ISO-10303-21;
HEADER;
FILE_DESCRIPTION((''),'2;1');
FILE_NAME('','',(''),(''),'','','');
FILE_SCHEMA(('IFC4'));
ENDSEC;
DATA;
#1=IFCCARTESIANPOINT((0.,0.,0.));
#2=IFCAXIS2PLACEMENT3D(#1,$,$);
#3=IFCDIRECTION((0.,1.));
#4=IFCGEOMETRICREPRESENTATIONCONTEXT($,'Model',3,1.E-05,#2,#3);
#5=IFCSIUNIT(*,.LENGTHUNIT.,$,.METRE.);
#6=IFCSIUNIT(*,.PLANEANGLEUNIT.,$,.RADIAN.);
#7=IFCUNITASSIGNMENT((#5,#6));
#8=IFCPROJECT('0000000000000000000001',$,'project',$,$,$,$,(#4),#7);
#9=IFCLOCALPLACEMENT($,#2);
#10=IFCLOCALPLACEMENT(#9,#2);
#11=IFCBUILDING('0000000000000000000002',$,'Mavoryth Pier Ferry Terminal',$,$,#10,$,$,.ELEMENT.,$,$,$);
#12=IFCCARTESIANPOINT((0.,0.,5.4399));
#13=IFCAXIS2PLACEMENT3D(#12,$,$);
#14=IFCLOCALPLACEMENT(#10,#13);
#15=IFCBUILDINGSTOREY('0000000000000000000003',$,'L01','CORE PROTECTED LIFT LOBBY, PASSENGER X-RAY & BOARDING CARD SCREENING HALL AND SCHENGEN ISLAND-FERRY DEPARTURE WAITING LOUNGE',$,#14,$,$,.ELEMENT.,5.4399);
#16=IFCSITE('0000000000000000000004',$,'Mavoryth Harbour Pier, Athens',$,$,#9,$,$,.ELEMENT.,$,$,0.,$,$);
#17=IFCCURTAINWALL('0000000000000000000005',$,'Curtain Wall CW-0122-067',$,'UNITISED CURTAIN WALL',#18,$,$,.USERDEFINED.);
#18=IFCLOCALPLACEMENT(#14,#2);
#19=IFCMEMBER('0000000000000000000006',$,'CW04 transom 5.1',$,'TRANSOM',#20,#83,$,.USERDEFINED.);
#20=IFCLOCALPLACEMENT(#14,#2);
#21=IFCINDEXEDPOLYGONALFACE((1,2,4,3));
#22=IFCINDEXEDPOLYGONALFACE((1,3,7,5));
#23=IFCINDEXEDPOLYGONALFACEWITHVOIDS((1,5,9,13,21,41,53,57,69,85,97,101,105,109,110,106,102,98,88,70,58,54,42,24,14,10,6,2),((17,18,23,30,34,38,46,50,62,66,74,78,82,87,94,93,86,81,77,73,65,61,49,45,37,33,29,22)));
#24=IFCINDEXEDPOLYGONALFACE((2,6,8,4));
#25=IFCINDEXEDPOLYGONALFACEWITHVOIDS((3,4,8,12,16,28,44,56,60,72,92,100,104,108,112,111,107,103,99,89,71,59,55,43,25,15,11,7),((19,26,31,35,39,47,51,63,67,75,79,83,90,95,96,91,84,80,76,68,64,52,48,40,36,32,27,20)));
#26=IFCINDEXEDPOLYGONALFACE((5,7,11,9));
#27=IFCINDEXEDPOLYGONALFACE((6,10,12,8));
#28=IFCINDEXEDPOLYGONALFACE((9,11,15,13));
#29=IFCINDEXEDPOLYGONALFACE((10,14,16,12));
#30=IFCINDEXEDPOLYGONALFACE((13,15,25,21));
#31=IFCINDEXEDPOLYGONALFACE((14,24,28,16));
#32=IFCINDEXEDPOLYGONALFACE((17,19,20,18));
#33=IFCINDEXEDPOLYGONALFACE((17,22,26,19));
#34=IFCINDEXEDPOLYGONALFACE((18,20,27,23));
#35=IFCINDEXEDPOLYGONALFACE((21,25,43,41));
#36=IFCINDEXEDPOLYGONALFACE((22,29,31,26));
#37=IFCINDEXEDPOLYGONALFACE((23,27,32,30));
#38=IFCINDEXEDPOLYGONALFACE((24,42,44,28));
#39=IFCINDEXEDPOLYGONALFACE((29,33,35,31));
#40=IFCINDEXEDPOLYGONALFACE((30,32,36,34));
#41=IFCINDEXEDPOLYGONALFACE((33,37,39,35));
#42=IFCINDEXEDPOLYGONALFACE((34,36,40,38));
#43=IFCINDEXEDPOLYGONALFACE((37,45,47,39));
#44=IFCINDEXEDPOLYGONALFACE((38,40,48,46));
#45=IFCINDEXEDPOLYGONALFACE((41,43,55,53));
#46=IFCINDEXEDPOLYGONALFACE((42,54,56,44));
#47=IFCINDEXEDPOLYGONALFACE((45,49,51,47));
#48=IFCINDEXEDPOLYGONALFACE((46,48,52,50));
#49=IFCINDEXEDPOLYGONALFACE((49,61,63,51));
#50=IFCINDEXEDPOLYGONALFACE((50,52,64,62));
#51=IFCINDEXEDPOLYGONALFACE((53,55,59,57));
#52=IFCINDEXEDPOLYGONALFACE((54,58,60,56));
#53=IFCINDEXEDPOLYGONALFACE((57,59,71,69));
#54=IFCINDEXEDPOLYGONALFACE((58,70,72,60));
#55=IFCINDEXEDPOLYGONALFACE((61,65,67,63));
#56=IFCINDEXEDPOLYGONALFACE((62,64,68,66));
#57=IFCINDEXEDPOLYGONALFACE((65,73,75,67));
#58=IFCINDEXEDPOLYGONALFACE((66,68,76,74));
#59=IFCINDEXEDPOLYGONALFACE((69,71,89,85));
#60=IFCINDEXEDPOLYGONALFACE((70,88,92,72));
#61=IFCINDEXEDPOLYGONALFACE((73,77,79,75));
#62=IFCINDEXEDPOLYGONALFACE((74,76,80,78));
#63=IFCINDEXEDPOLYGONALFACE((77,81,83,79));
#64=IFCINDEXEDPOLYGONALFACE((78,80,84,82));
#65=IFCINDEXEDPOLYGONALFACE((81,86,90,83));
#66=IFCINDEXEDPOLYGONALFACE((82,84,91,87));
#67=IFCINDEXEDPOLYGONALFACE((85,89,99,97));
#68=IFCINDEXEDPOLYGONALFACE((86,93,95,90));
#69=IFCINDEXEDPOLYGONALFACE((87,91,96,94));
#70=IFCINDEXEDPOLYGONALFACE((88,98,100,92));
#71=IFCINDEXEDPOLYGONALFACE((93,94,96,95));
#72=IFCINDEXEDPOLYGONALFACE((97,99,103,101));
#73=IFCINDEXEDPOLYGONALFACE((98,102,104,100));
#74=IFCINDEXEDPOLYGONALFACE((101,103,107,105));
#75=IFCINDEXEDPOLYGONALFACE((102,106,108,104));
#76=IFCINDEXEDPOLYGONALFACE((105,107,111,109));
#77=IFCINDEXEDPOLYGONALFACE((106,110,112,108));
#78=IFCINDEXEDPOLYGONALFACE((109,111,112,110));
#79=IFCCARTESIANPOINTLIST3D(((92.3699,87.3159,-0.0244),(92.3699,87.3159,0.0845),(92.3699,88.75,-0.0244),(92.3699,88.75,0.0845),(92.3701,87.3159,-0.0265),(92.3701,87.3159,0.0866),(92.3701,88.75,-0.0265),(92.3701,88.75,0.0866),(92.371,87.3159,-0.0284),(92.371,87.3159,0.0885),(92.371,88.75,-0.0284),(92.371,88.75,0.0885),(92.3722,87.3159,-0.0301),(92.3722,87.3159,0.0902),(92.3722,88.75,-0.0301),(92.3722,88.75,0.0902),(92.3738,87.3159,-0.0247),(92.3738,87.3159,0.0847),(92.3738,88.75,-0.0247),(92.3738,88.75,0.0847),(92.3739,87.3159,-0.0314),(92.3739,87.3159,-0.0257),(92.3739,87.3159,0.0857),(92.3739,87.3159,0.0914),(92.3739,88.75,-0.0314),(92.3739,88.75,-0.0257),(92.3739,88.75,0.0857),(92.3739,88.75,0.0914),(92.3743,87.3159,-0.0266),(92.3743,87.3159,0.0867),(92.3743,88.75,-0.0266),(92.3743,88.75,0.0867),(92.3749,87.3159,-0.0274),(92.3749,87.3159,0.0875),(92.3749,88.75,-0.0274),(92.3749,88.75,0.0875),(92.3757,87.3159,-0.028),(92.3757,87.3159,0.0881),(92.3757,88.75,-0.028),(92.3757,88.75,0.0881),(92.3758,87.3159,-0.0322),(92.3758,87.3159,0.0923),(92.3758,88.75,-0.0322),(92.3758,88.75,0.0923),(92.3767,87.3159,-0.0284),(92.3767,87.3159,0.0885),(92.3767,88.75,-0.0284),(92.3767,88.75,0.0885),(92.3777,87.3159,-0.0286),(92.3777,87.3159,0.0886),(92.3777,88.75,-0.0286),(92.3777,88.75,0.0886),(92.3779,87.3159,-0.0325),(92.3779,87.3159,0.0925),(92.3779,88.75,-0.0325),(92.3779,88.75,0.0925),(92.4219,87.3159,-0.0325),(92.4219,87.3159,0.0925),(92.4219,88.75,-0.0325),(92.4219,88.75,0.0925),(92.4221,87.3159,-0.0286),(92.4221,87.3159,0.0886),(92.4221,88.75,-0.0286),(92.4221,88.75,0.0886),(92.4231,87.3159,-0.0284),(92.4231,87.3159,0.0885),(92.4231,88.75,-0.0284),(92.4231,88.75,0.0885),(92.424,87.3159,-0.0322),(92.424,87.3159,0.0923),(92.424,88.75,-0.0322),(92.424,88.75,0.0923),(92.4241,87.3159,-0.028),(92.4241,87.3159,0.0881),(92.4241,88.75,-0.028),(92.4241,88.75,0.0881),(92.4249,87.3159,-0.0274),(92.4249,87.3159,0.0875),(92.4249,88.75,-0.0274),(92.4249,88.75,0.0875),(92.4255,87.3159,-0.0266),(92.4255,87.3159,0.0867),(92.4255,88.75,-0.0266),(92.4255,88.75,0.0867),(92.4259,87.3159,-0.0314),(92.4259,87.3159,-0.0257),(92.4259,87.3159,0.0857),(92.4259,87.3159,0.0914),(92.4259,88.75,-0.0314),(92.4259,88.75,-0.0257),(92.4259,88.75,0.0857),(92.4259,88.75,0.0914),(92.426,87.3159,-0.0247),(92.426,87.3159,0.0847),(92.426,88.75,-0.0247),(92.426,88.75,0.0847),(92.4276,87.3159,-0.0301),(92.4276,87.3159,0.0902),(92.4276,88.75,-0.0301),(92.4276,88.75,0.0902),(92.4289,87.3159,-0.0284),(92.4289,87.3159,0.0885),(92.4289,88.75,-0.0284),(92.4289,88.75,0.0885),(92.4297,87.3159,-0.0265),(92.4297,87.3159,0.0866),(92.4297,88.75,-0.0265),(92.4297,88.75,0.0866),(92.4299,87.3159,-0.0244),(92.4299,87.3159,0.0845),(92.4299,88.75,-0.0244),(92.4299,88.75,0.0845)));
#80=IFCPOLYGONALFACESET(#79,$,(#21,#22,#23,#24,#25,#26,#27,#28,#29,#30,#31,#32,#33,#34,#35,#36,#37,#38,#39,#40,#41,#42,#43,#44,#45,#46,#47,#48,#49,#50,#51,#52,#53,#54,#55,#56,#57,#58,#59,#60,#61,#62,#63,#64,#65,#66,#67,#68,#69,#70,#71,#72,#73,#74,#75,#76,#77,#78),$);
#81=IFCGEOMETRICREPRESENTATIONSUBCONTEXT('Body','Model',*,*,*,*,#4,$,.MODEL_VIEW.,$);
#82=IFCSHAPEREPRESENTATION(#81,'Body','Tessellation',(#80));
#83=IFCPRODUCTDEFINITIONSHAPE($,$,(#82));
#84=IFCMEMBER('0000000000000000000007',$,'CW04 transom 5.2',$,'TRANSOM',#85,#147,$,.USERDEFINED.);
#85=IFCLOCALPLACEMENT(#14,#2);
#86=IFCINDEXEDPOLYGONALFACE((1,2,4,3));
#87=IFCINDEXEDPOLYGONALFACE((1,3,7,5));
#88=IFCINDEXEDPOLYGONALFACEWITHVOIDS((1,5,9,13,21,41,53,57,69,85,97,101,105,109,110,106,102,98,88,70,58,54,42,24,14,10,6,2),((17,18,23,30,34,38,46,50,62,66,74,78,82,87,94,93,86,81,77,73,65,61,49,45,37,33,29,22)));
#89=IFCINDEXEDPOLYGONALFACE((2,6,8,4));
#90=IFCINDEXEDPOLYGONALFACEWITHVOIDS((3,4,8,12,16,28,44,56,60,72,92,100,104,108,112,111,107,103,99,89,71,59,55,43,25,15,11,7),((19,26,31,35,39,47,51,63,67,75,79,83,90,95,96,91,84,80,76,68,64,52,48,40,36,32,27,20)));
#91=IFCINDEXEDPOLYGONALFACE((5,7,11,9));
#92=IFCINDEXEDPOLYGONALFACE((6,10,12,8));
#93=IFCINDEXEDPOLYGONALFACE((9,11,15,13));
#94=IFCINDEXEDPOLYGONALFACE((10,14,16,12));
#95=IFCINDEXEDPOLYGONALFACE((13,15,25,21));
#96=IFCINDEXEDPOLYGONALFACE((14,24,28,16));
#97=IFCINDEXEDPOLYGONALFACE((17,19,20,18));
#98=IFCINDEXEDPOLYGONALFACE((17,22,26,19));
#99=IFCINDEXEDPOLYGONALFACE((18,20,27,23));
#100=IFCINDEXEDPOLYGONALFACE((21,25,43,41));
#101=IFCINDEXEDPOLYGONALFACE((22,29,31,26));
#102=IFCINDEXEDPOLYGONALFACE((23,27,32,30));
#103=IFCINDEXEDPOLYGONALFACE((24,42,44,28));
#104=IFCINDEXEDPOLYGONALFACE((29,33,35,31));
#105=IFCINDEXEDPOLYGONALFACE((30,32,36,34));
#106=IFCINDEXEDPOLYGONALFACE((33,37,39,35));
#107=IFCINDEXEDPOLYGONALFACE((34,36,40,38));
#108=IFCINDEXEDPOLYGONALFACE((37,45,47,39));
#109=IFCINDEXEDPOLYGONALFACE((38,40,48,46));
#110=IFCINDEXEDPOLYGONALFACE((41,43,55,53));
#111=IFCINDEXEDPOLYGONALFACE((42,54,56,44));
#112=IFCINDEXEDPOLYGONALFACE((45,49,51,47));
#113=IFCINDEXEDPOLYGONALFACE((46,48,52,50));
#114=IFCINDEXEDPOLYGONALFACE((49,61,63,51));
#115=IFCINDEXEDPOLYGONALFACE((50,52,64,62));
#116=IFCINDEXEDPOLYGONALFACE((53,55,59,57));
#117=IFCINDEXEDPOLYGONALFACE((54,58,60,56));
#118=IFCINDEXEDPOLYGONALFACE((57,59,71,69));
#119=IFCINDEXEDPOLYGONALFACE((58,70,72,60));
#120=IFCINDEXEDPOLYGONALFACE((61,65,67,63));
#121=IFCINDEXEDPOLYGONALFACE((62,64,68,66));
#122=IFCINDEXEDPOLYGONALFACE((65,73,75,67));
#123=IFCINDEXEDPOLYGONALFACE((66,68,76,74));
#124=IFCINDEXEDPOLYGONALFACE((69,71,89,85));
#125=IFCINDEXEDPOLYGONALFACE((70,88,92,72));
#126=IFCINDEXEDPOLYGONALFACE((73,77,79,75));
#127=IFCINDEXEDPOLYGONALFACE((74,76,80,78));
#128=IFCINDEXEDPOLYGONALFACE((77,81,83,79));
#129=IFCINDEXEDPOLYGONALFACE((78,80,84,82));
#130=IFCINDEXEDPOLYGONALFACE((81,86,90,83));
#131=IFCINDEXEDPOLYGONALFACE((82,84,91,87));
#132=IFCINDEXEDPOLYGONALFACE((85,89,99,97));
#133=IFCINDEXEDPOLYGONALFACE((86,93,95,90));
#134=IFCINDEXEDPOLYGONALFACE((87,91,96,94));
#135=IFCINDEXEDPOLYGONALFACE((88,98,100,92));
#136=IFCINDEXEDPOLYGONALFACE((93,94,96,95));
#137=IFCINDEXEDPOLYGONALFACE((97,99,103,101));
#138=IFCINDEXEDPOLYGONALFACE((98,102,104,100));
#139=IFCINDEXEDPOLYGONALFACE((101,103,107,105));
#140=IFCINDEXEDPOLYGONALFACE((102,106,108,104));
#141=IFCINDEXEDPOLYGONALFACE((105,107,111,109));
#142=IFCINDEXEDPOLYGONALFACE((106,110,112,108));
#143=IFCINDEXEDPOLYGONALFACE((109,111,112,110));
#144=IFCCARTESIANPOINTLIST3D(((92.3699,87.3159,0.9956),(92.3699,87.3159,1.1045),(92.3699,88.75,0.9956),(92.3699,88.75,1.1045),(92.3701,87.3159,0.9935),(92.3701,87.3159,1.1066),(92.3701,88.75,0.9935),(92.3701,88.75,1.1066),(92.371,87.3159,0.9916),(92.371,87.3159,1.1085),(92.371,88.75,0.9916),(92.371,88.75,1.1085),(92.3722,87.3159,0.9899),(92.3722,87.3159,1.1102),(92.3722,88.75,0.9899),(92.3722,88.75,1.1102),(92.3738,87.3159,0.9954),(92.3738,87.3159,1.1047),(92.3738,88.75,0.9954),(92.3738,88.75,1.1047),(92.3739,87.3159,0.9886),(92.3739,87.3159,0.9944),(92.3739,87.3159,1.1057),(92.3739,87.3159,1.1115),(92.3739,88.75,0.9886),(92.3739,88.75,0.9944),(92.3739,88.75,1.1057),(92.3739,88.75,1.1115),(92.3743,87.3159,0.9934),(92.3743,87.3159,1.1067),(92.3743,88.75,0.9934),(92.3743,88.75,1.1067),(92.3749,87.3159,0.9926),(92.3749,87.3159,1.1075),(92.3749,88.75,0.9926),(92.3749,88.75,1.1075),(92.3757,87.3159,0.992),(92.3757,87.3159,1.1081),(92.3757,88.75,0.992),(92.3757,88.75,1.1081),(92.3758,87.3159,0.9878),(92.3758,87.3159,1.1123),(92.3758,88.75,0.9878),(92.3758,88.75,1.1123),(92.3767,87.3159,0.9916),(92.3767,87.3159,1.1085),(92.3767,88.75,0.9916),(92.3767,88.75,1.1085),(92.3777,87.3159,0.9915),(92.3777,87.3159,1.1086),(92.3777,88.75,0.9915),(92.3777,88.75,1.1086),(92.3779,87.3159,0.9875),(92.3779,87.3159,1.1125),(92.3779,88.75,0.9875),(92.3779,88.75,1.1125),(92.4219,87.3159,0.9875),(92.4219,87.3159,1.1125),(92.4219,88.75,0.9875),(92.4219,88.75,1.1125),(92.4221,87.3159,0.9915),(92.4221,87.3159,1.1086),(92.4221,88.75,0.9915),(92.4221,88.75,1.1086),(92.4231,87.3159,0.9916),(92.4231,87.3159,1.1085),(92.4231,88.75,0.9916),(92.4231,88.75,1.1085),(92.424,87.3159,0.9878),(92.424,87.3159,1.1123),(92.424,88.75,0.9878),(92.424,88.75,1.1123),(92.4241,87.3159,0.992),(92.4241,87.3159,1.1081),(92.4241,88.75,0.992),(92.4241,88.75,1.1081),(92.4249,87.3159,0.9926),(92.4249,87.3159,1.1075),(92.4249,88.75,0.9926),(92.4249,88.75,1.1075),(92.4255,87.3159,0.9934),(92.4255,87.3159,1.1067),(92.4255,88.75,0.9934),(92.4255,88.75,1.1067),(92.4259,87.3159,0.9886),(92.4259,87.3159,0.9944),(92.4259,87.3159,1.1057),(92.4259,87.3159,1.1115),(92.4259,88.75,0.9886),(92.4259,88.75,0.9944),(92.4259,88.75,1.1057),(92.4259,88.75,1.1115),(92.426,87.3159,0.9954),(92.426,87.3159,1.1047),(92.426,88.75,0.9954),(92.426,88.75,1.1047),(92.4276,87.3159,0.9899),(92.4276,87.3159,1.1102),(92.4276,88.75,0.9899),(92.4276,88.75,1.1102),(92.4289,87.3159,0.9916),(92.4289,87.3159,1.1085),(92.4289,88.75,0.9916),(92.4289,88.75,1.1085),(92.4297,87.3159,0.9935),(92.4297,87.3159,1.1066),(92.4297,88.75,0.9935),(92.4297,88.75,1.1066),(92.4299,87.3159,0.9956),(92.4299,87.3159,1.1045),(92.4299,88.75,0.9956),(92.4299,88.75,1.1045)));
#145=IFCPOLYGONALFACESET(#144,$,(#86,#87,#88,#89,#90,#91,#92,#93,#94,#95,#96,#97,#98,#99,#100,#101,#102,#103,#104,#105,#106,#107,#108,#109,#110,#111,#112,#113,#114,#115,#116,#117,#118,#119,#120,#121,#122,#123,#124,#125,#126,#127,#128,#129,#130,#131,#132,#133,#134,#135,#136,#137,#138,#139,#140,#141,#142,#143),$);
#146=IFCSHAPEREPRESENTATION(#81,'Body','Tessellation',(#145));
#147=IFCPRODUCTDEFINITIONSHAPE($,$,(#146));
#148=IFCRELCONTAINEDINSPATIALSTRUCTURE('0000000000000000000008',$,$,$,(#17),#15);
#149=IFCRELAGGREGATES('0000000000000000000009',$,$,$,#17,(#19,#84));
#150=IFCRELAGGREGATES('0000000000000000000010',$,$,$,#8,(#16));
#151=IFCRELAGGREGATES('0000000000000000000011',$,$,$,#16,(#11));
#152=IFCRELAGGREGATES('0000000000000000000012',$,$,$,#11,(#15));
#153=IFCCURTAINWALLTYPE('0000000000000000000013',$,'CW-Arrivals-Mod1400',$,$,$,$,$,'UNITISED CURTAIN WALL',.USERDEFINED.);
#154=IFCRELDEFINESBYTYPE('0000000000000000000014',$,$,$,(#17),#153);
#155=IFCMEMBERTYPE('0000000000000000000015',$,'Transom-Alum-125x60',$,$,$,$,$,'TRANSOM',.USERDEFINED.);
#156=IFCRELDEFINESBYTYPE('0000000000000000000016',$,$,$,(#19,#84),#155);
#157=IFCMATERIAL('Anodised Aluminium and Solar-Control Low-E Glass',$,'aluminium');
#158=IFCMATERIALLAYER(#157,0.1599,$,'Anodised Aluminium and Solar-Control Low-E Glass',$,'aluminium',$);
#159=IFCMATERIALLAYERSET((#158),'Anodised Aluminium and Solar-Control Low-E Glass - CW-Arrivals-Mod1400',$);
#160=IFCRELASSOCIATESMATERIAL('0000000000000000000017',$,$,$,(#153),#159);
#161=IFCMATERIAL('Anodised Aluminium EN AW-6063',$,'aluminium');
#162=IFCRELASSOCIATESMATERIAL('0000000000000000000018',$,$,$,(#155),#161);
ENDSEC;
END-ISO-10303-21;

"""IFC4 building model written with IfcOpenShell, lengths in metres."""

from ifc_helpers import new_model, si_unit, direction, frame, origin, origin_2d, place, context, subcontext, project, spatial, hollow_rectangle, extrude, material, layer, layer_set, material_profile, profile_set, type_object, element, aggregate, save


model = new_model("IFC4")

# Units and contexts
model_context = context("Model", 3, precision=1e-05, world=origin(), true_north=direction((0.0, 1.0)))
body_context = subcontext(model_context, "Body", "Model", "MODEL_VIEW")
ifc_project = project(units=[si_unit("LENGTHUNIT", "METRE"), si_unit("PLANEANGLEUNIT", "RADIAN")], contexts=[model_context])

# Site, building, storey
site_placement = place(None, origin())
site = spatial("IfcSite", under=ifc_project, at=site_placement, Name="Mavoryth Harbour Pier, Athens", CompositionType="ELEMENT", RefElevation=0.0)
building_placement = place(site_placement, origin())
building = spatial("IfcBuilding", under=site, at=building_placement, Name="Mavoryth Pier Ferry Terminal", CompositionType="ELEMENT")
storey_placement = place(building_placement, frame((0.0, 0.0, 5.4399)))
storey = spatial("IfcBuildingStorey", under=building, at=storey_placement, Name="L01", Description="CORE PROTECTED LIFT LOBBY, PASSENGER X-RAY & BOARDING CARD SCREENING HALL AND SCHENGEN ISLAND-FERRY DEPARTURE WAITING LOUNGE", CompositionType="ELEMENT", Elevation=5.4399)

# Curtain wall
ifc_material_1 = material(Name="Anodised Aluminium and Solar-Control Low-E Glass", Category="aluminium")
ifc_layer_1 = layer(ifc_material_1, 0.1599, Name="Anodised Aluminium and Solar-Control Low-E Glass", Category="aluminium")
ifc_layer_set_1 = layer_set([ifc_layer_1], Name="Anodised Aluminium and Solar-Control Low-E Glass - CW-Arrivals-Mod1400")
curtain_wall_type = type_object("IfcCurtainWallType", Name="CW-Arrivals-Mod1400", ElementType="UNITISED CURTAIN WALL", PredefinedType="USERDEFINED", material=ifc_layer_set_1)
curtain_wall_1_placement = place(storey_placement, origin())
curtain_wall_1 = element("IfcCurtainWall", 1, at=curtain_wall_1_placement, inside=storey, type_object=curtain_wall_type, Name="Curtain Wall CW-0122-067", ObjectType="UNITISED CURTAIN WALL", PredefinedType="USERDEFINED")
ifc_material_2 = material(Name="Anodised Aluminium EN AW-6063", Category="aluminium")

# Members
ifc_material_profile_1 = material_profile(ifc_material_2, hollow_rectangle(XDim=0.0601, YDim=0.125, WallThickness=0.0039, InnerFilletRadius=0.0039, OuterFilletRadius=0.0081, at=origin_2d()), Name="AL-TRAN 125x60x4", Category="aluminium")
ifc_profile_set_1 = profile_set([ifc_material_profile_1], Name="Anodised Aluminium EN AW-6063 - AL-TRAN 125x60x4")
member_type_1 = type_object("IfcMemberType", Name="Transom-Alum-125x60", ElementType="TRANSOM", PredefinedType="USERDEFINED", material=ifc_profile_set_1)
member_1_placement = place(storey_placement, frame((92.3999, 87.3159, 0.03), z_axis=(0.0, 1.0, 0.0), x_axis=(-1.0, 0.0, 0.0)))
member_1 = element("IfcMember", 2, at=member_1_placement, type_object=member_type_1, Name="CW04 transom 5.1", ObjectType="TRANSOM", PredefinedType="USERDEFINED", context=body_context, shape_type="SweptSolid", body=[
    extrude(hollow_rectangle(XDim=0.0601, YDim=0.125, WallThickness=0.0039, InnerFilletRadius=0.0039, OuterFilletRadius=0.0081, at=origin_2d()), origin(), (0.0, 0.0, 1.0), 1.4341),
])
member_2_placement = place(storey_placement, frame((92.3999, 87.3159, 1.05), z_axis=(0.0, 1.0, 0.0), x_axis=(-1.0, 0.0, 0.0)))
member_2 = element("IfcMember", 3, at=member_2_placement, type_object=member_type_1, Name="CW04 transom 5.2", ObjectType="TRANSOM", PredefinedType="USERDEFINED", context=body_context, shape_type="SweptSolid", body=[
    extrude(hollow_rectangle(XDim=0.0601, YDim=0.125, WallThickness=0.0039, InnerFilletRadius=0.0039, OuterFilletRadius=0.0081, at=origin_2d()), origin(), (0.0, 0.0, 1.0), 1.4341),
])

aggregate(curtain_wall_1, [member_1, member_2])

save(model, "model.ifc")
